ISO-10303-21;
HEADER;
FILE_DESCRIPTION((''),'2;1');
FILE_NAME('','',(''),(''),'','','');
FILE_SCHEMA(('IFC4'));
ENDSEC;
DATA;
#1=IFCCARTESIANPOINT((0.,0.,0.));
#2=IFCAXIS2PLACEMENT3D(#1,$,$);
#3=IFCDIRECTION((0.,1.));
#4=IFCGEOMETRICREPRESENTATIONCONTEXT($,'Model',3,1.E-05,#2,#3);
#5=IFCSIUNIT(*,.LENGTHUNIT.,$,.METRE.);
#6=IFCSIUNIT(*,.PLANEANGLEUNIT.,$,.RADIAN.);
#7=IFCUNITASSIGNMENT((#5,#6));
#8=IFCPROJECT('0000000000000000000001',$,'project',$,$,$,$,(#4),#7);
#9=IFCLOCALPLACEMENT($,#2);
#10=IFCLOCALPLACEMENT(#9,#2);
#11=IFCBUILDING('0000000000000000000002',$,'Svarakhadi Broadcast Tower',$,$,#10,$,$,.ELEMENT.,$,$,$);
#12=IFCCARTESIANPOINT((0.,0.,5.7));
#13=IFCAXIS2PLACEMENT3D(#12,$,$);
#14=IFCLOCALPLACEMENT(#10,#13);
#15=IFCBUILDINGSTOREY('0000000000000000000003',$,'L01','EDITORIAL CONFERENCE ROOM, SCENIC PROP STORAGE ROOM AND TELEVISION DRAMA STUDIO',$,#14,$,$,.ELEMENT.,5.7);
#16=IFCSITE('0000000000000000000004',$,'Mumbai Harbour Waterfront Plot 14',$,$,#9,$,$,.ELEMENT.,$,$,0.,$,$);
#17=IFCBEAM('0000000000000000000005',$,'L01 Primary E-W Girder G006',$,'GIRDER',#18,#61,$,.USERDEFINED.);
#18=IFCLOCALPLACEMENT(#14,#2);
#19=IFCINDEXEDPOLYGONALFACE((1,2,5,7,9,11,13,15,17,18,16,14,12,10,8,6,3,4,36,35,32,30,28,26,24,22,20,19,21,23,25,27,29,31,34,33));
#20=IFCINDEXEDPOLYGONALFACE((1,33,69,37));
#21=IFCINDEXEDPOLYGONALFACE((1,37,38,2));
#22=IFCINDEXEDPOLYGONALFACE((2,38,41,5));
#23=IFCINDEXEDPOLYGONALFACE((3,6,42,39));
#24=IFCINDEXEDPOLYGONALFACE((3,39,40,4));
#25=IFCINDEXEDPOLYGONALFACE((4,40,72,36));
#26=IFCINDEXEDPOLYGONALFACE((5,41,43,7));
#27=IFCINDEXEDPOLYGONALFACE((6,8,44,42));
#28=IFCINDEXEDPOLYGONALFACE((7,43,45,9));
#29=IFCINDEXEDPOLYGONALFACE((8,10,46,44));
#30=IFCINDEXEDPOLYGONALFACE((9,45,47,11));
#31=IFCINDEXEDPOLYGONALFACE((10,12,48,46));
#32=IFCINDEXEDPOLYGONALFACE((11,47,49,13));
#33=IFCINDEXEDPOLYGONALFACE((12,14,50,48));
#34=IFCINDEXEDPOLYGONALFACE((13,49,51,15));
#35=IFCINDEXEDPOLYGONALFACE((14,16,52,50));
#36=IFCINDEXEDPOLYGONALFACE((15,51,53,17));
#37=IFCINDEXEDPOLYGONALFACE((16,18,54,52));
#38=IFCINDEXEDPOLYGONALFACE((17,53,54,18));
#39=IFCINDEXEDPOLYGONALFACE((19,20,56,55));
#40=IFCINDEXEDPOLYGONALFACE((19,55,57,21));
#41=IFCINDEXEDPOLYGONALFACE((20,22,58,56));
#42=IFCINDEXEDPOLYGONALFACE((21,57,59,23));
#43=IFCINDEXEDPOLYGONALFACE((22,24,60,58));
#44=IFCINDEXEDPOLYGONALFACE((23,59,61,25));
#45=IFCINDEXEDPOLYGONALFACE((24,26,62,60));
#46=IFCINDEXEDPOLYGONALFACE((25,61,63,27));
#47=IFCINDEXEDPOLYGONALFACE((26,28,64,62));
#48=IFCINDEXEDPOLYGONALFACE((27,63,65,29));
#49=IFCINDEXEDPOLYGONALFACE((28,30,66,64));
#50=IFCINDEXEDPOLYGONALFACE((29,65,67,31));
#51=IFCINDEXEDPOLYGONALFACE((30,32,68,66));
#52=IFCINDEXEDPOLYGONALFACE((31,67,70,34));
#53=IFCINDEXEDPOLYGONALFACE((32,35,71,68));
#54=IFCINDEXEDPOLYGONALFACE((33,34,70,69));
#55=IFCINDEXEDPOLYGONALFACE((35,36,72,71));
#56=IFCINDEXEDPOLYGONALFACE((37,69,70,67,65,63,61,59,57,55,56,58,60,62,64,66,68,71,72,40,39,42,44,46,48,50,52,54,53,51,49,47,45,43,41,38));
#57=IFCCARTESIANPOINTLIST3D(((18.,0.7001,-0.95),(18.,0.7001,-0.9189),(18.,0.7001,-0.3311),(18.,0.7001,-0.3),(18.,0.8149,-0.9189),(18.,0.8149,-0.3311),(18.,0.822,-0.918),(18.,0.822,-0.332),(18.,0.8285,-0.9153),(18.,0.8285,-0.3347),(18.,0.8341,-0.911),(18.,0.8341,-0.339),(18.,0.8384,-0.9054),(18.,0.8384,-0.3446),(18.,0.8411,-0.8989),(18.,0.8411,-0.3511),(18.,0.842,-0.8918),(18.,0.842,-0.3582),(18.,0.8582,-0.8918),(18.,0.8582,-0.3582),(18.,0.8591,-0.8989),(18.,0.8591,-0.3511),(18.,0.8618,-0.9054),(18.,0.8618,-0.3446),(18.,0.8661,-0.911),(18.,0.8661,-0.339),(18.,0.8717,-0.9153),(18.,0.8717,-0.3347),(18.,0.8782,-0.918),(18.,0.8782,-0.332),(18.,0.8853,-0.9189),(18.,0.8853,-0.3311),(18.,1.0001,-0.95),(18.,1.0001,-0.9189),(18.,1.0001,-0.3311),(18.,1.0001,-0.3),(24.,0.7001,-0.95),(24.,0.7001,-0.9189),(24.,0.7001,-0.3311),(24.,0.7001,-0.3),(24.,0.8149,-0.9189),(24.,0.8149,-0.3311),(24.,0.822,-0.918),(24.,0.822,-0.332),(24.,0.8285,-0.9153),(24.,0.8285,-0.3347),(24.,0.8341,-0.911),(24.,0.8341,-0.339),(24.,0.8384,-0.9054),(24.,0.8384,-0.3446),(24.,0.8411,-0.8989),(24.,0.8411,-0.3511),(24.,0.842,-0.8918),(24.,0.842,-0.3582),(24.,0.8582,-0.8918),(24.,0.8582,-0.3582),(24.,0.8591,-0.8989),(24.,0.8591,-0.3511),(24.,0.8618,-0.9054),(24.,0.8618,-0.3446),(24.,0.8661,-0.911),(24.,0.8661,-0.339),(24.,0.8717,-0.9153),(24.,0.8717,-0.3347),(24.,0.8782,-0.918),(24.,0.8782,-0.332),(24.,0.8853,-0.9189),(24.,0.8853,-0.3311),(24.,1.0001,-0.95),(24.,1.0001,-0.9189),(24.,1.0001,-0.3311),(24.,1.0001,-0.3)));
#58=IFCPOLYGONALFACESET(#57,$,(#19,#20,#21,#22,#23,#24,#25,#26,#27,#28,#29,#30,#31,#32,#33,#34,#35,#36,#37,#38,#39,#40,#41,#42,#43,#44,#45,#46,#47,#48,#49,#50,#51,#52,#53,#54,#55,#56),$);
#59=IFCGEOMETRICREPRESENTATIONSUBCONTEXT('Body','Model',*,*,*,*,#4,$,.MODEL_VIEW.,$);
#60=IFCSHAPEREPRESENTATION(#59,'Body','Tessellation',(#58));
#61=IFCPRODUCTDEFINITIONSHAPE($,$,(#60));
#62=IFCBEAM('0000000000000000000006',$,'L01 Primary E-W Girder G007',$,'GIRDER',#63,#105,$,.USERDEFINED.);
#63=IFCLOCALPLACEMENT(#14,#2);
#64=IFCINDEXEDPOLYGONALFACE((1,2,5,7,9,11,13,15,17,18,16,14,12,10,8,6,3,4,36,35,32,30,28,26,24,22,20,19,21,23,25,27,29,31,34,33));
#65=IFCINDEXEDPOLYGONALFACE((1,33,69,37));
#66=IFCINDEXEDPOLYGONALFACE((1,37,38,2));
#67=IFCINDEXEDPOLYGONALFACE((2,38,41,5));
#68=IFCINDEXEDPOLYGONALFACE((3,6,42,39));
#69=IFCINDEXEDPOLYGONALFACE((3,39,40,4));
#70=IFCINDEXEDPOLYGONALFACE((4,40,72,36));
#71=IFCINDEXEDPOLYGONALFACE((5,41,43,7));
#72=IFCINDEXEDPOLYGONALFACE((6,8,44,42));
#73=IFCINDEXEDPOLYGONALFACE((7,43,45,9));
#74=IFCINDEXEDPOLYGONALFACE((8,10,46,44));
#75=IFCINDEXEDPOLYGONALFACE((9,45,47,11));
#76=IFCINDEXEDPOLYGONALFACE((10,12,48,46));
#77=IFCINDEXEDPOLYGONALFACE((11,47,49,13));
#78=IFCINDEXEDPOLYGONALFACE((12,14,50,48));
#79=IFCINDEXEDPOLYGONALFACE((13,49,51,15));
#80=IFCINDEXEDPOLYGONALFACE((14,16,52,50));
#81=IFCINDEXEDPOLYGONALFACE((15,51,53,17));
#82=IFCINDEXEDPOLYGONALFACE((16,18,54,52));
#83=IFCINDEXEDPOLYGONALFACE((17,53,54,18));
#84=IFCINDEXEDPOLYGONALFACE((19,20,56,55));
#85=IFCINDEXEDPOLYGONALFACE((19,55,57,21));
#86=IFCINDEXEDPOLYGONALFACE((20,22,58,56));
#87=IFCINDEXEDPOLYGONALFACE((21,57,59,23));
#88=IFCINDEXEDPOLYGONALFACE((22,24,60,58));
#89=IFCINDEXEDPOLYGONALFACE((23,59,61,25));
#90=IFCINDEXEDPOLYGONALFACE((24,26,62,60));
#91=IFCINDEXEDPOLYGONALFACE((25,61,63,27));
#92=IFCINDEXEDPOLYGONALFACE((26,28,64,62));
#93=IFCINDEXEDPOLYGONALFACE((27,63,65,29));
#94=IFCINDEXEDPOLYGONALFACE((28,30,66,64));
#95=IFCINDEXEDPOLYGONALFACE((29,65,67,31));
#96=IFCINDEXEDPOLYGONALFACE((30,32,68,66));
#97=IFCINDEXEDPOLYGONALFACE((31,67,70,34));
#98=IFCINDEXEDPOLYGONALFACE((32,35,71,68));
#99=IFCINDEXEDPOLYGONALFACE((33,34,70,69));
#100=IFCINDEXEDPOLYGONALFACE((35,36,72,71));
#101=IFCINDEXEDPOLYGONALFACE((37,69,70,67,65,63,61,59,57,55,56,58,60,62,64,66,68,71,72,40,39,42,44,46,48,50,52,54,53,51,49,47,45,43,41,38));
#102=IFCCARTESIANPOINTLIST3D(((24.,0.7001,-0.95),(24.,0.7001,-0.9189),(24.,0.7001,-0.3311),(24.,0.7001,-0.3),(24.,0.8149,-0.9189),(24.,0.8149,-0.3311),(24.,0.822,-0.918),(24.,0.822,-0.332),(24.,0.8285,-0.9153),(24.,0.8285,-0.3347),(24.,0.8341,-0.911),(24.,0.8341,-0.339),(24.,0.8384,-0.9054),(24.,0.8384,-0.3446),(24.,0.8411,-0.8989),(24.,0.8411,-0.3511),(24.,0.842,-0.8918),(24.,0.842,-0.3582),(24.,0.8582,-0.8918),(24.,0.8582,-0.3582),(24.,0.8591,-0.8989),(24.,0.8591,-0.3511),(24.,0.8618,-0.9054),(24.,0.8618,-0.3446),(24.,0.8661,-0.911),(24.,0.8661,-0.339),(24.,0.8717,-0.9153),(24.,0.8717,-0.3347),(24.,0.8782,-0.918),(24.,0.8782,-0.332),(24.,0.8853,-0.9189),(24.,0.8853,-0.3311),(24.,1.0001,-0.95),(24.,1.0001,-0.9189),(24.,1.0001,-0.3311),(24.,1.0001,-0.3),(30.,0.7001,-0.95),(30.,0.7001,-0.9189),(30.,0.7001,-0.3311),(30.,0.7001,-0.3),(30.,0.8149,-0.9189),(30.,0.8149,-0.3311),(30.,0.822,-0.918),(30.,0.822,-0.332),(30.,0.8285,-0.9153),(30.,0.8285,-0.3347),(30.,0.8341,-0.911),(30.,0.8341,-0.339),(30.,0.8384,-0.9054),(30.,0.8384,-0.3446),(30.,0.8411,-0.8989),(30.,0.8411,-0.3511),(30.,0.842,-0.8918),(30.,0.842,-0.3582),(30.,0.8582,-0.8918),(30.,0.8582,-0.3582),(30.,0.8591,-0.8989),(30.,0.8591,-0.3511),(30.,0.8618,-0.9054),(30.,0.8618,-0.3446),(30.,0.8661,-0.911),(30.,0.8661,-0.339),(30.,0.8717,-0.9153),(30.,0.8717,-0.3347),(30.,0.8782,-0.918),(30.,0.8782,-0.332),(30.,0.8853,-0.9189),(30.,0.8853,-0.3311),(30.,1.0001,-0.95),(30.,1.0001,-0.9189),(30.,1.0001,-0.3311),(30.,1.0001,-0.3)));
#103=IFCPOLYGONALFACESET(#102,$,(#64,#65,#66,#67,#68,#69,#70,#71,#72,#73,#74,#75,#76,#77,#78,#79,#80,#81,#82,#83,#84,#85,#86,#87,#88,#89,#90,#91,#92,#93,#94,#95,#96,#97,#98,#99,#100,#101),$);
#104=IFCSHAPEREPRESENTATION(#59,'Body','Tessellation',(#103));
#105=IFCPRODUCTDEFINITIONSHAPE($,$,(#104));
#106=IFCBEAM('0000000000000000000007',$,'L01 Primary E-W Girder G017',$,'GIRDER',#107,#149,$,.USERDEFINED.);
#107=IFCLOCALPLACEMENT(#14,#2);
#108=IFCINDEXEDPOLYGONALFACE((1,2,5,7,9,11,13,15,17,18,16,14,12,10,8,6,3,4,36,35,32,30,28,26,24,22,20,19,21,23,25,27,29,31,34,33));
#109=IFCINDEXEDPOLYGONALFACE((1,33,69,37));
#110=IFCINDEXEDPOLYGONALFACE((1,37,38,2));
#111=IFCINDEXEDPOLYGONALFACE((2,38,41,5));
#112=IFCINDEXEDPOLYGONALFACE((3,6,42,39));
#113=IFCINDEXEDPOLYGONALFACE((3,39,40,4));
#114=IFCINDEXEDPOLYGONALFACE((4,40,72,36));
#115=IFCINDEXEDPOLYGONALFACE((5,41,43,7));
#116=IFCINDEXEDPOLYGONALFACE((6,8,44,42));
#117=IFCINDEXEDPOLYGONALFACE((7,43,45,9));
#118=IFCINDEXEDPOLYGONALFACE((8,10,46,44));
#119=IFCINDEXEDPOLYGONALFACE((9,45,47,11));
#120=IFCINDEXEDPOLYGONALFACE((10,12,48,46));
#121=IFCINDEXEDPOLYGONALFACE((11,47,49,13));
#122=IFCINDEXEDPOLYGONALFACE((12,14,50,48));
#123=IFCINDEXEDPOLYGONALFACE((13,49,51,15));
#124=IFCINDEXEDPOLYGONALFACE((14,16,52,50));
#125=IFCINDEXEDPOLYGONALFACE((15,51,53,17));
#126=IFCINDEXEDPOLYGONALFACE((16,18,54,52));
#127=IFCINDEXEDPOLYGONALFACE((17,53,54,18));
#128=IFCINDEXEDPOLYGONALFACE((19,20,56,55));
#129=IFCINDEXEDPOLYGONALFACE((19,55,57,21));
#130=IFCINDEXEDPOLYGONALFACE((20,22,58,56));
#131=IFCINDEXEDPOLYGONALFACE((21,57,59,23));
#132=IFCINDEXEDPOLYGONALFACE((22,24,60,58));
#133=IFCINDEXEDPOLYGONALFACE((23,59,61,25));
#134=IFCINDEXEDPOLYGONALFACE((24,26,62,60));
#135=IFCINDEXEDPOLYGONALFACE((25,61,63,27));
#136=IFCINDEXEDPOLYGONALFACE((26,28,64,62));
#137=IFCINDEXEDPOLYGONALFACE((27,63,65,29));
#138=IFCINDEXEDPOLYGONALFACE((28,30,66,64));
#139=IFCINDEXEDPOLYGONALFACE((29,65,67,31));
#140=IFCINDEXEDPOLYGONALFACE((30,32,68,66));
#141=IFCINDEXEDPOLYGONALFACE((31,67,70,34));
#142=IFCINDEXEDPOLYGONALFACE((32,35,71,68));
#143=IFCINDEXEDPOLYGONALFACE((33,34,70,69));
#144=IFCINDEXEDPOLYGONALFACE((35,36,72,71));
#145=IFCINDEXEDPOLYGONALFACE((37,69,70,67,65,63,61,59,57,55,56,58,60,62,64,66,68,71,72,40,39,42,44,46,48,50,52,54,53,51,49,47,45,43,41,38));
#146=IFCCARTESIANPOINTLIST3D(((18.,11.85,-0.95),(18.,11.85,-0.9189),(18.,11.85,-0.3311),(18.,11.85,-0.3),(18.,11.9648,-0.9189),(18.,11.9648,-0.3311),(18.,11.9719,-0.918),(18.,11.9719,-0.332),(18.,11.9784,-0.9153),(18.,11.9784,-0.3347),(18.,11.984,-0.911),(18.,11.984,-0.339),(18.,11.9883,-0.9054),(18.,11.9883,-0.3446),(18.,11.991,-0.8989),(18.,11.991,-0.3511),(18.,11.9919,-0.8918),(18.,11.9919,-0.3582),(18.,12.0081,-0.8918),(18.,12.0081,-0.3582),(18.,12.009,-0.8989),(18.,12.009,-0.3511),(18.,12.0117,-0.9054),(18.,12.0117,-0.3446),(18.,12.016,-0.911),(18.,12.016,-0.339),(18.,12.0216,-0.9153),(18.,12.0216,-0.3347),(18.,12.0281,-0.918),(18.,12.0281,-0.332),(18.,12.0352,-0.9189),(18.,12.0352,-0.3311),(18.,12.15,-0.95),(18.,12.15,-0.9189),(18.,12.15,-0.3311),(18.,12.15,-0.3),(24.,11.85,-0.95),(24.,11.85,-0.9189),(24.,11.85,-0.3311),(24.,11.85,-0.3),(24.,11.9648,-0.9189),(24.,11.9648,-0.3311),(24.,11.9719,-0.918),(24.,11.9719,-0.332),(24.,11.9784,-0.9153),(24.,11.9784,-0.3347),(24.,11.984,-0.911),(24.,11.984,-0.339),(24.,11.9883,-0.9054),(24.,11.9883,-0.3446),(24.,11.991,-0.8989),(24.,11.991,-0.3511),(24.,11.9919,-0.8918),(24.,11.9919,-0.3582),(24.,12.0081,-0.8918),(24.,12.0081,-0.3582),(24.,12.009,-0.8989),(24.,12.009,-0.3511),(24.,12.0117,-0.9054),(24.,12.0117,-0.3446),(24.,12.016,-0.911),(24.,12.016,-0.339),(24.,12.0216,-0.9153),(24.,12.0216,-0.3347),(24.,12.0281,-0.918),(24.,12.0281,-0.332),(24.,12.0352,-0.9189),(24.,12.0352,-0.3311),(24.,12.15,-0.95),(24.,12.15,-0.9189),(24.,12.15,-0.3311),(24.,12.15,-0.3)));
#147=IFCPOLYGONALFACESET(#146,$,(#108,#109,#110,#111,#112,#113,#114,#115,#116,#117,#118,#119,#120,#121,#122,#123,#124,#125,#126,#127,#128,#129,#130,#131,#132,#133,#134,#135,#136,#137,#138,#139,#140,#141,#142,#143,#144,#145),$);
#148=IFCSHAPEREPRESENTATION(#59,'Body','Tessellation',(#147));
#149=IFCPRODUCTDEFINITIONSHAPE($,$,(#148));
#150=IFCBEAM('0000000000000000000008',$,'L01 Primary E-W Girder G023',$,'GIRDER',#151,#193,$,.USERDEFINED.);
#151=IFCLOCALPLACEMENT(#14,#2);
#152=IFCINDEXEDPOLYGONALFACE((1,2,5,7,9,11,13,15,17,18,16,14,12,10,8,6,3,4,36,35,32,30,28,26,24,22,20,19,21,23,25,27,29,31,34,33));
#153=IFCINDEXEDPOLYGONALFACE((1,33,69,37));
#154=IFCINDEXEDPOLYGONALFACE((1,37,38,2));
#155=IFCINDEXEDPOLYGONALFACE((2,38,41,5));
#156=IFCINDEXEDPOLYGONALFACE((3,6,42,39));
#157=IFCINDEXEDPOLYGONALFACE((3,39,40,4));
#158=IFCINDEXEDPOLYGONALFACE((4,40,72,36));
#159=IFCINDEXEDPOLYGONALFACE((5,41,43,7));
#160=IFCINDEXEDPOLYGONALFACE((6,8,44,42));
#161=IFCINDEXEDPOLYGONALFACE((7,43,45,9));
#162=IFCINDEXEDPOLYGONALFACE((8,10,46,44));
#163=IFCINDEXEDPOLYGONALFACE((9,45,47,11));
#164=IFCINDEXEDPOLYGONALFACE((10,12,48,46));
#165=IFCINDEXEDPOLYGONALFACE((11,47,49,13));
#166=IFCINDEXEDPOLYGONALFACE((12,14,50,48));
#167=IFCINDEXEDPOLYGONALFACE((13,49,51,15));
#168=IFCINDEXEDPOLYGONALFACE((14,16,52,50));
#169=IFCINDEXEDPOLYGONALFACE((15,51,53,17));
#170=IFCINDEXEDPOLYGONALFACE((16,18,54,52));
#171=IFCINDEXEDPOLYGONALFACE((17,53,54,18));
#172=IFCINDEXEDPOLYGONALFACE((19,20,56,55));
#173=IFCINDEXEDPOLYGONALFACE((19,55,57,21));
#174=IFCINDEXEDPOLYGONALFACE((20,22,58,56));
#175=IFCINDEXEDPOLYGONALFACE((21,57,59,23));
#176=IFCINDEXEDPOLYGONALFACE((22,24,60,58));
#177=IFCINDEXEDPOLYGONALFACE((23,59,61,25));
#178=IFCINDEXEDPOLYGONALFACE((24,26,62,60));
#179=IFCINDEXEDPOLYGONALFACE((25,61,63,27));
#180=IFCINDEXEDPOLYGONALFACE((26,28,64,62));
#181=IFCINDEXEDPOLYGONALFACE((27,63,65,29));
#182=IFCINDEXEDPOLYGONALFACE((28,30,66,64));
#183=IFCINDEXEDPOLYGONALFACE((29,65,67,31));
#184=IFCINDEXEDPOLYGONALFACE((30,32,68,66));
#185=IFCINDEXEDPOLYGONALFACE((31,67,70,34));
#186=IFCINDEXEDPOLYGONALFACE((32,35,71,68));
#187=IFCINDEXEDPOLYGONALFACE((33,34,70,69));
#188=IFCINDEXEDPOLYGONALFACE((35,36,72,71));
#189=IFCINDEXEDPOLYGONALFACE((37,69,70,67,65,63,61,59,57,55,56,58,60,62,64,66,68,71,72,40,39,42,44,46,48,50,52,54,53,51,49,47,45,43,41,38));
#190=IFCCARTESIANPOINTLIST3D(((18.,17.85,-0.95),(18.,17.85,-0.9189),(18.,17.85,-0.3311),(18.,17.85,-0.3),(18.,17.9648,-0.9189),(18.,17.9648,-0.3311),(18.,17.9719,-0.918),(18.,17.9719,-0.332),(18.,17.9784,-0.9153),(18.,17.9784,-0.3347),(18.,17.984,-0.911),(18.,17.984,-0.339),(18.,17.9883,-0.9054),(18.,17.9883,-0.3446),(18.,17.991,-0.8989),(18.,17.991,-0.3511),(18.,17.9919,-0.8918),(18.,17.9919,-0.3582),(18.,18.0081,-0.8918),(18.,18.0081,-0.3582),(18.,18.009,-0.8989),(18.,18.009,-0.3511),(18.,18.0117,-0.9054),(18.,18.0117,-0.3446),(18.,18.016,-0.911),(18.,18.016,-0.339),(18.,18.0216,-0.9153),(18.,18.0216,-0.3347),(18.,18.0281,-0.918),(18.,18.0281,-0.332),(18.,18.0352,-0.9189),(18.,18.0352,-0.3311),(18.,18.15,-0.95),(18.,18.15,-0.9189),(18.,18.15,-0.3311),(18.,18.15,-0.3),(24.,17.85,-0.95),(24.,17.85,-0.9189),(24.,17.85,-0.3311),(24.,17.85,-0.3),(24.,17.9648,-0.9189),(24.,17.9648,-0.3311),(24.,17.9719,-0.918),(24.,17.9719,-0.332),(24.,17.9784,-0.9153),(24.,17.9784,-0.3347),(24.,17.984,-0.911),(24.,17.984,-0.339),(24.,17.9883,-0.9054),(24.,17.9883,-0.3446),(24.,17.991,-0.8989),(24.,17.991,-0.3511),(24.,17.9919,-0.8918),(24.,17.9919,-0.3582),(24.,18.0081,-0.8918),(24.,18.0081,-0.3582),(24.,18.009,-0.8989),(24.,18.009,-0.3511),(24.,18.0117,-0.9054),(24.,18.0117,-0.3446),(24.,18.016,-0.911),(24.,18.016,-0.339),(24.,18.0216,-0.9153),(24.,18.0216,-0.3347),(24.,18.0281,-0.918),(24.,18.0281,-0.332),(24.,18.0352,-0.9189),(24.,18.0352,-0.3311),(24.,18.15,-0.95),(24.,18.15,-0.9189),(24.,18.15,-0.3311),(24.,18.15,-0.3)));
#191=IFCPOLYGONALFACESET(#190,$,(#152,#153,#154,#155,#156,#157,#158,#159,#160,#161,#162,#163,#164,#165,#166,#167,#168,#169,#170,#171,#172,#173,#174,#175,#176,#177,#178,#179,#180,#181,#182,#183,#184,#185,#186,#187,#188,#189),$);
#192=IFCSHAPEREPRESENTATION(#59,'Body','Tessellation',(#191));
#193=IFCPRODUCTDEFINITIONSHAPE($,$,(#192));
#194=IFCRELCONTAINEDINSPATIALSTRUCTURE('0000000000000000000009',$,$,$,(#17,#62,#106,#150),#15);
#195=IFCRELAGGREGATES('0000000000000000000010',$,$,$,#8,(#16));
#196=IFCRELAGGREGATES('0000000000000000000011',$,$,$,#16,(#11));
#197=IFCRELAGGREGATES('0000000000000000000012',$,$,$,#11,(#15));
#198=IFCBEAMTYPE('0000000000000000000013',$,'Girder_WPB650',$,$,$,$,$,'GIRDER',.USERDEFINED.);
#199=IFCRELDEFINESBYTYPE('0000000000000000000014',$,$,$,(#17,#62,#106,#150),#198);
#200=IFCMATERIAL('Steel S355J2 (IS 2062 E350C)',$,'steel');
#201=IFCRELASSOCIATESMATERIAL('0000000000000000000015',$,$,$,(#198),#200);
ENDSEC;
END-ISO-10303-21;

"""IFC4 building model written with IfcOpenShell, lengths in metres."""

from ifc_helpers import new_model, si_unit, direction, frame, origin, origin_2d, place, context, subcontext, project, spatial, i_section, extrude, material, material_profile, profile_set, type_object, element, save


model = new_model("IFC4")

# Units and contexts
model_context = context("Model", 3, precision=1e-05, world=origin(), true_north=direction((0.0, 1.0)))
body_context = subcontext(model_context, "Body", "Model", "MODEL_VIEW")
ifc_project = project(units=[si_unit("LENGTHUNIT", "METRE"), si_unit("PLANEANGLEUNIT", "RADIAN")], contexts=[model_context])

# Site, building, storey
site_placement = place(None, origin())
site = spatial("IfcSite", under=ifc_project, at=site_placement, Name="Mumbai Harbour Waterfront Plot 14", CompositionType="ELEMENT", RefElevation=0.0)
building_placement = place(site_placement, origin())
building = spatial("IfcBuilding", under=site, at=building_placement, Name="Svarakhadi Broadcast Tower", CompositionType="ELEMENT")
storey_placement = place(building_placement, frame((0.0, 0.0, 5.7)))
storey = spatial("IfcBuildingStorey", under=building, at=storey_placement, Name="L01", Description="EDITORIAL CONFERENCE ROOM, SCENIC PROP STORAGE ROOM AND TELEVISION DRAMA STUDIO", CompositionType="ELEMENT", Elevation=5.7)

# Shared definitions
ifc_material_1 = material(Name="Steel S355J2 (IS 2062 E350C)", Category="steel")

# Beams
ifc_material_profile_1 = material_profile(ifc_material_1, i_section(OverallWidth=0.3, OverallDepth=0.6499, WebThickness=0.0161, FlangeThickness=0.031, FilletRadius=0.0271, at=origin_2d()), Name="WPB 650x300x225")
ifc_profile_set_1 = profile_set([ifc_material_profile_1], Name="Steel S355J2 (IS 2062 E350C)")
beam_type_1 = type_object("IfcBeamType", Name="Girder_WPB650", ElementType="GIRDER", PredefinedType="USERDEFINED", material=ifc_profile_set_1)
for number, where, z_axis, x_axis, name in (
    (1, (18.0, 0.8501, -0.625), (1.0, 0.0, 0.0), (0.0, 1.0, 0.0), "L01 Primary E-W Girder G006"),
    (2, (24.0, 0.8501, -0.625), (1.0, 0.0, 0.0), (0.0, 1.0, 0.0), "L01 Primary E-W Girder G007"),
    (3, (18.0, 12.0, -0.625), (1.0, 0.0, 0.0), (0.0, 1.0, 0.0), "L01 Primary E-W Girder G017"),
    (4, (18.0, 18.0, -0.625), (1.0, 0.0, 0.0), (0.0, 1.0, 0.0), "L01 Primary E-W Girder G023"),
):
    element("IfcBeam", number, at=place(storey_placement, frame(where, z_axis=z_axis, x_axis=x_axis)), inside=storey, type_object=beam_type_1, Name=name, ObjectType="GIRDER", PredefinedType="USERDEFINED", context=body_context, shape_type="SweptSolid", body=[
        extrude(i_section(OverallWidth=0.3, OverallDepth=0.6499, WebThickness=0.0161, FlangeThickness=0.031, FilletRadius=0.0271, at=origin_2d()), origin(), (0.0, 0.0, 1.0), 6.0),
    ])

save(model, "model.ifc")
